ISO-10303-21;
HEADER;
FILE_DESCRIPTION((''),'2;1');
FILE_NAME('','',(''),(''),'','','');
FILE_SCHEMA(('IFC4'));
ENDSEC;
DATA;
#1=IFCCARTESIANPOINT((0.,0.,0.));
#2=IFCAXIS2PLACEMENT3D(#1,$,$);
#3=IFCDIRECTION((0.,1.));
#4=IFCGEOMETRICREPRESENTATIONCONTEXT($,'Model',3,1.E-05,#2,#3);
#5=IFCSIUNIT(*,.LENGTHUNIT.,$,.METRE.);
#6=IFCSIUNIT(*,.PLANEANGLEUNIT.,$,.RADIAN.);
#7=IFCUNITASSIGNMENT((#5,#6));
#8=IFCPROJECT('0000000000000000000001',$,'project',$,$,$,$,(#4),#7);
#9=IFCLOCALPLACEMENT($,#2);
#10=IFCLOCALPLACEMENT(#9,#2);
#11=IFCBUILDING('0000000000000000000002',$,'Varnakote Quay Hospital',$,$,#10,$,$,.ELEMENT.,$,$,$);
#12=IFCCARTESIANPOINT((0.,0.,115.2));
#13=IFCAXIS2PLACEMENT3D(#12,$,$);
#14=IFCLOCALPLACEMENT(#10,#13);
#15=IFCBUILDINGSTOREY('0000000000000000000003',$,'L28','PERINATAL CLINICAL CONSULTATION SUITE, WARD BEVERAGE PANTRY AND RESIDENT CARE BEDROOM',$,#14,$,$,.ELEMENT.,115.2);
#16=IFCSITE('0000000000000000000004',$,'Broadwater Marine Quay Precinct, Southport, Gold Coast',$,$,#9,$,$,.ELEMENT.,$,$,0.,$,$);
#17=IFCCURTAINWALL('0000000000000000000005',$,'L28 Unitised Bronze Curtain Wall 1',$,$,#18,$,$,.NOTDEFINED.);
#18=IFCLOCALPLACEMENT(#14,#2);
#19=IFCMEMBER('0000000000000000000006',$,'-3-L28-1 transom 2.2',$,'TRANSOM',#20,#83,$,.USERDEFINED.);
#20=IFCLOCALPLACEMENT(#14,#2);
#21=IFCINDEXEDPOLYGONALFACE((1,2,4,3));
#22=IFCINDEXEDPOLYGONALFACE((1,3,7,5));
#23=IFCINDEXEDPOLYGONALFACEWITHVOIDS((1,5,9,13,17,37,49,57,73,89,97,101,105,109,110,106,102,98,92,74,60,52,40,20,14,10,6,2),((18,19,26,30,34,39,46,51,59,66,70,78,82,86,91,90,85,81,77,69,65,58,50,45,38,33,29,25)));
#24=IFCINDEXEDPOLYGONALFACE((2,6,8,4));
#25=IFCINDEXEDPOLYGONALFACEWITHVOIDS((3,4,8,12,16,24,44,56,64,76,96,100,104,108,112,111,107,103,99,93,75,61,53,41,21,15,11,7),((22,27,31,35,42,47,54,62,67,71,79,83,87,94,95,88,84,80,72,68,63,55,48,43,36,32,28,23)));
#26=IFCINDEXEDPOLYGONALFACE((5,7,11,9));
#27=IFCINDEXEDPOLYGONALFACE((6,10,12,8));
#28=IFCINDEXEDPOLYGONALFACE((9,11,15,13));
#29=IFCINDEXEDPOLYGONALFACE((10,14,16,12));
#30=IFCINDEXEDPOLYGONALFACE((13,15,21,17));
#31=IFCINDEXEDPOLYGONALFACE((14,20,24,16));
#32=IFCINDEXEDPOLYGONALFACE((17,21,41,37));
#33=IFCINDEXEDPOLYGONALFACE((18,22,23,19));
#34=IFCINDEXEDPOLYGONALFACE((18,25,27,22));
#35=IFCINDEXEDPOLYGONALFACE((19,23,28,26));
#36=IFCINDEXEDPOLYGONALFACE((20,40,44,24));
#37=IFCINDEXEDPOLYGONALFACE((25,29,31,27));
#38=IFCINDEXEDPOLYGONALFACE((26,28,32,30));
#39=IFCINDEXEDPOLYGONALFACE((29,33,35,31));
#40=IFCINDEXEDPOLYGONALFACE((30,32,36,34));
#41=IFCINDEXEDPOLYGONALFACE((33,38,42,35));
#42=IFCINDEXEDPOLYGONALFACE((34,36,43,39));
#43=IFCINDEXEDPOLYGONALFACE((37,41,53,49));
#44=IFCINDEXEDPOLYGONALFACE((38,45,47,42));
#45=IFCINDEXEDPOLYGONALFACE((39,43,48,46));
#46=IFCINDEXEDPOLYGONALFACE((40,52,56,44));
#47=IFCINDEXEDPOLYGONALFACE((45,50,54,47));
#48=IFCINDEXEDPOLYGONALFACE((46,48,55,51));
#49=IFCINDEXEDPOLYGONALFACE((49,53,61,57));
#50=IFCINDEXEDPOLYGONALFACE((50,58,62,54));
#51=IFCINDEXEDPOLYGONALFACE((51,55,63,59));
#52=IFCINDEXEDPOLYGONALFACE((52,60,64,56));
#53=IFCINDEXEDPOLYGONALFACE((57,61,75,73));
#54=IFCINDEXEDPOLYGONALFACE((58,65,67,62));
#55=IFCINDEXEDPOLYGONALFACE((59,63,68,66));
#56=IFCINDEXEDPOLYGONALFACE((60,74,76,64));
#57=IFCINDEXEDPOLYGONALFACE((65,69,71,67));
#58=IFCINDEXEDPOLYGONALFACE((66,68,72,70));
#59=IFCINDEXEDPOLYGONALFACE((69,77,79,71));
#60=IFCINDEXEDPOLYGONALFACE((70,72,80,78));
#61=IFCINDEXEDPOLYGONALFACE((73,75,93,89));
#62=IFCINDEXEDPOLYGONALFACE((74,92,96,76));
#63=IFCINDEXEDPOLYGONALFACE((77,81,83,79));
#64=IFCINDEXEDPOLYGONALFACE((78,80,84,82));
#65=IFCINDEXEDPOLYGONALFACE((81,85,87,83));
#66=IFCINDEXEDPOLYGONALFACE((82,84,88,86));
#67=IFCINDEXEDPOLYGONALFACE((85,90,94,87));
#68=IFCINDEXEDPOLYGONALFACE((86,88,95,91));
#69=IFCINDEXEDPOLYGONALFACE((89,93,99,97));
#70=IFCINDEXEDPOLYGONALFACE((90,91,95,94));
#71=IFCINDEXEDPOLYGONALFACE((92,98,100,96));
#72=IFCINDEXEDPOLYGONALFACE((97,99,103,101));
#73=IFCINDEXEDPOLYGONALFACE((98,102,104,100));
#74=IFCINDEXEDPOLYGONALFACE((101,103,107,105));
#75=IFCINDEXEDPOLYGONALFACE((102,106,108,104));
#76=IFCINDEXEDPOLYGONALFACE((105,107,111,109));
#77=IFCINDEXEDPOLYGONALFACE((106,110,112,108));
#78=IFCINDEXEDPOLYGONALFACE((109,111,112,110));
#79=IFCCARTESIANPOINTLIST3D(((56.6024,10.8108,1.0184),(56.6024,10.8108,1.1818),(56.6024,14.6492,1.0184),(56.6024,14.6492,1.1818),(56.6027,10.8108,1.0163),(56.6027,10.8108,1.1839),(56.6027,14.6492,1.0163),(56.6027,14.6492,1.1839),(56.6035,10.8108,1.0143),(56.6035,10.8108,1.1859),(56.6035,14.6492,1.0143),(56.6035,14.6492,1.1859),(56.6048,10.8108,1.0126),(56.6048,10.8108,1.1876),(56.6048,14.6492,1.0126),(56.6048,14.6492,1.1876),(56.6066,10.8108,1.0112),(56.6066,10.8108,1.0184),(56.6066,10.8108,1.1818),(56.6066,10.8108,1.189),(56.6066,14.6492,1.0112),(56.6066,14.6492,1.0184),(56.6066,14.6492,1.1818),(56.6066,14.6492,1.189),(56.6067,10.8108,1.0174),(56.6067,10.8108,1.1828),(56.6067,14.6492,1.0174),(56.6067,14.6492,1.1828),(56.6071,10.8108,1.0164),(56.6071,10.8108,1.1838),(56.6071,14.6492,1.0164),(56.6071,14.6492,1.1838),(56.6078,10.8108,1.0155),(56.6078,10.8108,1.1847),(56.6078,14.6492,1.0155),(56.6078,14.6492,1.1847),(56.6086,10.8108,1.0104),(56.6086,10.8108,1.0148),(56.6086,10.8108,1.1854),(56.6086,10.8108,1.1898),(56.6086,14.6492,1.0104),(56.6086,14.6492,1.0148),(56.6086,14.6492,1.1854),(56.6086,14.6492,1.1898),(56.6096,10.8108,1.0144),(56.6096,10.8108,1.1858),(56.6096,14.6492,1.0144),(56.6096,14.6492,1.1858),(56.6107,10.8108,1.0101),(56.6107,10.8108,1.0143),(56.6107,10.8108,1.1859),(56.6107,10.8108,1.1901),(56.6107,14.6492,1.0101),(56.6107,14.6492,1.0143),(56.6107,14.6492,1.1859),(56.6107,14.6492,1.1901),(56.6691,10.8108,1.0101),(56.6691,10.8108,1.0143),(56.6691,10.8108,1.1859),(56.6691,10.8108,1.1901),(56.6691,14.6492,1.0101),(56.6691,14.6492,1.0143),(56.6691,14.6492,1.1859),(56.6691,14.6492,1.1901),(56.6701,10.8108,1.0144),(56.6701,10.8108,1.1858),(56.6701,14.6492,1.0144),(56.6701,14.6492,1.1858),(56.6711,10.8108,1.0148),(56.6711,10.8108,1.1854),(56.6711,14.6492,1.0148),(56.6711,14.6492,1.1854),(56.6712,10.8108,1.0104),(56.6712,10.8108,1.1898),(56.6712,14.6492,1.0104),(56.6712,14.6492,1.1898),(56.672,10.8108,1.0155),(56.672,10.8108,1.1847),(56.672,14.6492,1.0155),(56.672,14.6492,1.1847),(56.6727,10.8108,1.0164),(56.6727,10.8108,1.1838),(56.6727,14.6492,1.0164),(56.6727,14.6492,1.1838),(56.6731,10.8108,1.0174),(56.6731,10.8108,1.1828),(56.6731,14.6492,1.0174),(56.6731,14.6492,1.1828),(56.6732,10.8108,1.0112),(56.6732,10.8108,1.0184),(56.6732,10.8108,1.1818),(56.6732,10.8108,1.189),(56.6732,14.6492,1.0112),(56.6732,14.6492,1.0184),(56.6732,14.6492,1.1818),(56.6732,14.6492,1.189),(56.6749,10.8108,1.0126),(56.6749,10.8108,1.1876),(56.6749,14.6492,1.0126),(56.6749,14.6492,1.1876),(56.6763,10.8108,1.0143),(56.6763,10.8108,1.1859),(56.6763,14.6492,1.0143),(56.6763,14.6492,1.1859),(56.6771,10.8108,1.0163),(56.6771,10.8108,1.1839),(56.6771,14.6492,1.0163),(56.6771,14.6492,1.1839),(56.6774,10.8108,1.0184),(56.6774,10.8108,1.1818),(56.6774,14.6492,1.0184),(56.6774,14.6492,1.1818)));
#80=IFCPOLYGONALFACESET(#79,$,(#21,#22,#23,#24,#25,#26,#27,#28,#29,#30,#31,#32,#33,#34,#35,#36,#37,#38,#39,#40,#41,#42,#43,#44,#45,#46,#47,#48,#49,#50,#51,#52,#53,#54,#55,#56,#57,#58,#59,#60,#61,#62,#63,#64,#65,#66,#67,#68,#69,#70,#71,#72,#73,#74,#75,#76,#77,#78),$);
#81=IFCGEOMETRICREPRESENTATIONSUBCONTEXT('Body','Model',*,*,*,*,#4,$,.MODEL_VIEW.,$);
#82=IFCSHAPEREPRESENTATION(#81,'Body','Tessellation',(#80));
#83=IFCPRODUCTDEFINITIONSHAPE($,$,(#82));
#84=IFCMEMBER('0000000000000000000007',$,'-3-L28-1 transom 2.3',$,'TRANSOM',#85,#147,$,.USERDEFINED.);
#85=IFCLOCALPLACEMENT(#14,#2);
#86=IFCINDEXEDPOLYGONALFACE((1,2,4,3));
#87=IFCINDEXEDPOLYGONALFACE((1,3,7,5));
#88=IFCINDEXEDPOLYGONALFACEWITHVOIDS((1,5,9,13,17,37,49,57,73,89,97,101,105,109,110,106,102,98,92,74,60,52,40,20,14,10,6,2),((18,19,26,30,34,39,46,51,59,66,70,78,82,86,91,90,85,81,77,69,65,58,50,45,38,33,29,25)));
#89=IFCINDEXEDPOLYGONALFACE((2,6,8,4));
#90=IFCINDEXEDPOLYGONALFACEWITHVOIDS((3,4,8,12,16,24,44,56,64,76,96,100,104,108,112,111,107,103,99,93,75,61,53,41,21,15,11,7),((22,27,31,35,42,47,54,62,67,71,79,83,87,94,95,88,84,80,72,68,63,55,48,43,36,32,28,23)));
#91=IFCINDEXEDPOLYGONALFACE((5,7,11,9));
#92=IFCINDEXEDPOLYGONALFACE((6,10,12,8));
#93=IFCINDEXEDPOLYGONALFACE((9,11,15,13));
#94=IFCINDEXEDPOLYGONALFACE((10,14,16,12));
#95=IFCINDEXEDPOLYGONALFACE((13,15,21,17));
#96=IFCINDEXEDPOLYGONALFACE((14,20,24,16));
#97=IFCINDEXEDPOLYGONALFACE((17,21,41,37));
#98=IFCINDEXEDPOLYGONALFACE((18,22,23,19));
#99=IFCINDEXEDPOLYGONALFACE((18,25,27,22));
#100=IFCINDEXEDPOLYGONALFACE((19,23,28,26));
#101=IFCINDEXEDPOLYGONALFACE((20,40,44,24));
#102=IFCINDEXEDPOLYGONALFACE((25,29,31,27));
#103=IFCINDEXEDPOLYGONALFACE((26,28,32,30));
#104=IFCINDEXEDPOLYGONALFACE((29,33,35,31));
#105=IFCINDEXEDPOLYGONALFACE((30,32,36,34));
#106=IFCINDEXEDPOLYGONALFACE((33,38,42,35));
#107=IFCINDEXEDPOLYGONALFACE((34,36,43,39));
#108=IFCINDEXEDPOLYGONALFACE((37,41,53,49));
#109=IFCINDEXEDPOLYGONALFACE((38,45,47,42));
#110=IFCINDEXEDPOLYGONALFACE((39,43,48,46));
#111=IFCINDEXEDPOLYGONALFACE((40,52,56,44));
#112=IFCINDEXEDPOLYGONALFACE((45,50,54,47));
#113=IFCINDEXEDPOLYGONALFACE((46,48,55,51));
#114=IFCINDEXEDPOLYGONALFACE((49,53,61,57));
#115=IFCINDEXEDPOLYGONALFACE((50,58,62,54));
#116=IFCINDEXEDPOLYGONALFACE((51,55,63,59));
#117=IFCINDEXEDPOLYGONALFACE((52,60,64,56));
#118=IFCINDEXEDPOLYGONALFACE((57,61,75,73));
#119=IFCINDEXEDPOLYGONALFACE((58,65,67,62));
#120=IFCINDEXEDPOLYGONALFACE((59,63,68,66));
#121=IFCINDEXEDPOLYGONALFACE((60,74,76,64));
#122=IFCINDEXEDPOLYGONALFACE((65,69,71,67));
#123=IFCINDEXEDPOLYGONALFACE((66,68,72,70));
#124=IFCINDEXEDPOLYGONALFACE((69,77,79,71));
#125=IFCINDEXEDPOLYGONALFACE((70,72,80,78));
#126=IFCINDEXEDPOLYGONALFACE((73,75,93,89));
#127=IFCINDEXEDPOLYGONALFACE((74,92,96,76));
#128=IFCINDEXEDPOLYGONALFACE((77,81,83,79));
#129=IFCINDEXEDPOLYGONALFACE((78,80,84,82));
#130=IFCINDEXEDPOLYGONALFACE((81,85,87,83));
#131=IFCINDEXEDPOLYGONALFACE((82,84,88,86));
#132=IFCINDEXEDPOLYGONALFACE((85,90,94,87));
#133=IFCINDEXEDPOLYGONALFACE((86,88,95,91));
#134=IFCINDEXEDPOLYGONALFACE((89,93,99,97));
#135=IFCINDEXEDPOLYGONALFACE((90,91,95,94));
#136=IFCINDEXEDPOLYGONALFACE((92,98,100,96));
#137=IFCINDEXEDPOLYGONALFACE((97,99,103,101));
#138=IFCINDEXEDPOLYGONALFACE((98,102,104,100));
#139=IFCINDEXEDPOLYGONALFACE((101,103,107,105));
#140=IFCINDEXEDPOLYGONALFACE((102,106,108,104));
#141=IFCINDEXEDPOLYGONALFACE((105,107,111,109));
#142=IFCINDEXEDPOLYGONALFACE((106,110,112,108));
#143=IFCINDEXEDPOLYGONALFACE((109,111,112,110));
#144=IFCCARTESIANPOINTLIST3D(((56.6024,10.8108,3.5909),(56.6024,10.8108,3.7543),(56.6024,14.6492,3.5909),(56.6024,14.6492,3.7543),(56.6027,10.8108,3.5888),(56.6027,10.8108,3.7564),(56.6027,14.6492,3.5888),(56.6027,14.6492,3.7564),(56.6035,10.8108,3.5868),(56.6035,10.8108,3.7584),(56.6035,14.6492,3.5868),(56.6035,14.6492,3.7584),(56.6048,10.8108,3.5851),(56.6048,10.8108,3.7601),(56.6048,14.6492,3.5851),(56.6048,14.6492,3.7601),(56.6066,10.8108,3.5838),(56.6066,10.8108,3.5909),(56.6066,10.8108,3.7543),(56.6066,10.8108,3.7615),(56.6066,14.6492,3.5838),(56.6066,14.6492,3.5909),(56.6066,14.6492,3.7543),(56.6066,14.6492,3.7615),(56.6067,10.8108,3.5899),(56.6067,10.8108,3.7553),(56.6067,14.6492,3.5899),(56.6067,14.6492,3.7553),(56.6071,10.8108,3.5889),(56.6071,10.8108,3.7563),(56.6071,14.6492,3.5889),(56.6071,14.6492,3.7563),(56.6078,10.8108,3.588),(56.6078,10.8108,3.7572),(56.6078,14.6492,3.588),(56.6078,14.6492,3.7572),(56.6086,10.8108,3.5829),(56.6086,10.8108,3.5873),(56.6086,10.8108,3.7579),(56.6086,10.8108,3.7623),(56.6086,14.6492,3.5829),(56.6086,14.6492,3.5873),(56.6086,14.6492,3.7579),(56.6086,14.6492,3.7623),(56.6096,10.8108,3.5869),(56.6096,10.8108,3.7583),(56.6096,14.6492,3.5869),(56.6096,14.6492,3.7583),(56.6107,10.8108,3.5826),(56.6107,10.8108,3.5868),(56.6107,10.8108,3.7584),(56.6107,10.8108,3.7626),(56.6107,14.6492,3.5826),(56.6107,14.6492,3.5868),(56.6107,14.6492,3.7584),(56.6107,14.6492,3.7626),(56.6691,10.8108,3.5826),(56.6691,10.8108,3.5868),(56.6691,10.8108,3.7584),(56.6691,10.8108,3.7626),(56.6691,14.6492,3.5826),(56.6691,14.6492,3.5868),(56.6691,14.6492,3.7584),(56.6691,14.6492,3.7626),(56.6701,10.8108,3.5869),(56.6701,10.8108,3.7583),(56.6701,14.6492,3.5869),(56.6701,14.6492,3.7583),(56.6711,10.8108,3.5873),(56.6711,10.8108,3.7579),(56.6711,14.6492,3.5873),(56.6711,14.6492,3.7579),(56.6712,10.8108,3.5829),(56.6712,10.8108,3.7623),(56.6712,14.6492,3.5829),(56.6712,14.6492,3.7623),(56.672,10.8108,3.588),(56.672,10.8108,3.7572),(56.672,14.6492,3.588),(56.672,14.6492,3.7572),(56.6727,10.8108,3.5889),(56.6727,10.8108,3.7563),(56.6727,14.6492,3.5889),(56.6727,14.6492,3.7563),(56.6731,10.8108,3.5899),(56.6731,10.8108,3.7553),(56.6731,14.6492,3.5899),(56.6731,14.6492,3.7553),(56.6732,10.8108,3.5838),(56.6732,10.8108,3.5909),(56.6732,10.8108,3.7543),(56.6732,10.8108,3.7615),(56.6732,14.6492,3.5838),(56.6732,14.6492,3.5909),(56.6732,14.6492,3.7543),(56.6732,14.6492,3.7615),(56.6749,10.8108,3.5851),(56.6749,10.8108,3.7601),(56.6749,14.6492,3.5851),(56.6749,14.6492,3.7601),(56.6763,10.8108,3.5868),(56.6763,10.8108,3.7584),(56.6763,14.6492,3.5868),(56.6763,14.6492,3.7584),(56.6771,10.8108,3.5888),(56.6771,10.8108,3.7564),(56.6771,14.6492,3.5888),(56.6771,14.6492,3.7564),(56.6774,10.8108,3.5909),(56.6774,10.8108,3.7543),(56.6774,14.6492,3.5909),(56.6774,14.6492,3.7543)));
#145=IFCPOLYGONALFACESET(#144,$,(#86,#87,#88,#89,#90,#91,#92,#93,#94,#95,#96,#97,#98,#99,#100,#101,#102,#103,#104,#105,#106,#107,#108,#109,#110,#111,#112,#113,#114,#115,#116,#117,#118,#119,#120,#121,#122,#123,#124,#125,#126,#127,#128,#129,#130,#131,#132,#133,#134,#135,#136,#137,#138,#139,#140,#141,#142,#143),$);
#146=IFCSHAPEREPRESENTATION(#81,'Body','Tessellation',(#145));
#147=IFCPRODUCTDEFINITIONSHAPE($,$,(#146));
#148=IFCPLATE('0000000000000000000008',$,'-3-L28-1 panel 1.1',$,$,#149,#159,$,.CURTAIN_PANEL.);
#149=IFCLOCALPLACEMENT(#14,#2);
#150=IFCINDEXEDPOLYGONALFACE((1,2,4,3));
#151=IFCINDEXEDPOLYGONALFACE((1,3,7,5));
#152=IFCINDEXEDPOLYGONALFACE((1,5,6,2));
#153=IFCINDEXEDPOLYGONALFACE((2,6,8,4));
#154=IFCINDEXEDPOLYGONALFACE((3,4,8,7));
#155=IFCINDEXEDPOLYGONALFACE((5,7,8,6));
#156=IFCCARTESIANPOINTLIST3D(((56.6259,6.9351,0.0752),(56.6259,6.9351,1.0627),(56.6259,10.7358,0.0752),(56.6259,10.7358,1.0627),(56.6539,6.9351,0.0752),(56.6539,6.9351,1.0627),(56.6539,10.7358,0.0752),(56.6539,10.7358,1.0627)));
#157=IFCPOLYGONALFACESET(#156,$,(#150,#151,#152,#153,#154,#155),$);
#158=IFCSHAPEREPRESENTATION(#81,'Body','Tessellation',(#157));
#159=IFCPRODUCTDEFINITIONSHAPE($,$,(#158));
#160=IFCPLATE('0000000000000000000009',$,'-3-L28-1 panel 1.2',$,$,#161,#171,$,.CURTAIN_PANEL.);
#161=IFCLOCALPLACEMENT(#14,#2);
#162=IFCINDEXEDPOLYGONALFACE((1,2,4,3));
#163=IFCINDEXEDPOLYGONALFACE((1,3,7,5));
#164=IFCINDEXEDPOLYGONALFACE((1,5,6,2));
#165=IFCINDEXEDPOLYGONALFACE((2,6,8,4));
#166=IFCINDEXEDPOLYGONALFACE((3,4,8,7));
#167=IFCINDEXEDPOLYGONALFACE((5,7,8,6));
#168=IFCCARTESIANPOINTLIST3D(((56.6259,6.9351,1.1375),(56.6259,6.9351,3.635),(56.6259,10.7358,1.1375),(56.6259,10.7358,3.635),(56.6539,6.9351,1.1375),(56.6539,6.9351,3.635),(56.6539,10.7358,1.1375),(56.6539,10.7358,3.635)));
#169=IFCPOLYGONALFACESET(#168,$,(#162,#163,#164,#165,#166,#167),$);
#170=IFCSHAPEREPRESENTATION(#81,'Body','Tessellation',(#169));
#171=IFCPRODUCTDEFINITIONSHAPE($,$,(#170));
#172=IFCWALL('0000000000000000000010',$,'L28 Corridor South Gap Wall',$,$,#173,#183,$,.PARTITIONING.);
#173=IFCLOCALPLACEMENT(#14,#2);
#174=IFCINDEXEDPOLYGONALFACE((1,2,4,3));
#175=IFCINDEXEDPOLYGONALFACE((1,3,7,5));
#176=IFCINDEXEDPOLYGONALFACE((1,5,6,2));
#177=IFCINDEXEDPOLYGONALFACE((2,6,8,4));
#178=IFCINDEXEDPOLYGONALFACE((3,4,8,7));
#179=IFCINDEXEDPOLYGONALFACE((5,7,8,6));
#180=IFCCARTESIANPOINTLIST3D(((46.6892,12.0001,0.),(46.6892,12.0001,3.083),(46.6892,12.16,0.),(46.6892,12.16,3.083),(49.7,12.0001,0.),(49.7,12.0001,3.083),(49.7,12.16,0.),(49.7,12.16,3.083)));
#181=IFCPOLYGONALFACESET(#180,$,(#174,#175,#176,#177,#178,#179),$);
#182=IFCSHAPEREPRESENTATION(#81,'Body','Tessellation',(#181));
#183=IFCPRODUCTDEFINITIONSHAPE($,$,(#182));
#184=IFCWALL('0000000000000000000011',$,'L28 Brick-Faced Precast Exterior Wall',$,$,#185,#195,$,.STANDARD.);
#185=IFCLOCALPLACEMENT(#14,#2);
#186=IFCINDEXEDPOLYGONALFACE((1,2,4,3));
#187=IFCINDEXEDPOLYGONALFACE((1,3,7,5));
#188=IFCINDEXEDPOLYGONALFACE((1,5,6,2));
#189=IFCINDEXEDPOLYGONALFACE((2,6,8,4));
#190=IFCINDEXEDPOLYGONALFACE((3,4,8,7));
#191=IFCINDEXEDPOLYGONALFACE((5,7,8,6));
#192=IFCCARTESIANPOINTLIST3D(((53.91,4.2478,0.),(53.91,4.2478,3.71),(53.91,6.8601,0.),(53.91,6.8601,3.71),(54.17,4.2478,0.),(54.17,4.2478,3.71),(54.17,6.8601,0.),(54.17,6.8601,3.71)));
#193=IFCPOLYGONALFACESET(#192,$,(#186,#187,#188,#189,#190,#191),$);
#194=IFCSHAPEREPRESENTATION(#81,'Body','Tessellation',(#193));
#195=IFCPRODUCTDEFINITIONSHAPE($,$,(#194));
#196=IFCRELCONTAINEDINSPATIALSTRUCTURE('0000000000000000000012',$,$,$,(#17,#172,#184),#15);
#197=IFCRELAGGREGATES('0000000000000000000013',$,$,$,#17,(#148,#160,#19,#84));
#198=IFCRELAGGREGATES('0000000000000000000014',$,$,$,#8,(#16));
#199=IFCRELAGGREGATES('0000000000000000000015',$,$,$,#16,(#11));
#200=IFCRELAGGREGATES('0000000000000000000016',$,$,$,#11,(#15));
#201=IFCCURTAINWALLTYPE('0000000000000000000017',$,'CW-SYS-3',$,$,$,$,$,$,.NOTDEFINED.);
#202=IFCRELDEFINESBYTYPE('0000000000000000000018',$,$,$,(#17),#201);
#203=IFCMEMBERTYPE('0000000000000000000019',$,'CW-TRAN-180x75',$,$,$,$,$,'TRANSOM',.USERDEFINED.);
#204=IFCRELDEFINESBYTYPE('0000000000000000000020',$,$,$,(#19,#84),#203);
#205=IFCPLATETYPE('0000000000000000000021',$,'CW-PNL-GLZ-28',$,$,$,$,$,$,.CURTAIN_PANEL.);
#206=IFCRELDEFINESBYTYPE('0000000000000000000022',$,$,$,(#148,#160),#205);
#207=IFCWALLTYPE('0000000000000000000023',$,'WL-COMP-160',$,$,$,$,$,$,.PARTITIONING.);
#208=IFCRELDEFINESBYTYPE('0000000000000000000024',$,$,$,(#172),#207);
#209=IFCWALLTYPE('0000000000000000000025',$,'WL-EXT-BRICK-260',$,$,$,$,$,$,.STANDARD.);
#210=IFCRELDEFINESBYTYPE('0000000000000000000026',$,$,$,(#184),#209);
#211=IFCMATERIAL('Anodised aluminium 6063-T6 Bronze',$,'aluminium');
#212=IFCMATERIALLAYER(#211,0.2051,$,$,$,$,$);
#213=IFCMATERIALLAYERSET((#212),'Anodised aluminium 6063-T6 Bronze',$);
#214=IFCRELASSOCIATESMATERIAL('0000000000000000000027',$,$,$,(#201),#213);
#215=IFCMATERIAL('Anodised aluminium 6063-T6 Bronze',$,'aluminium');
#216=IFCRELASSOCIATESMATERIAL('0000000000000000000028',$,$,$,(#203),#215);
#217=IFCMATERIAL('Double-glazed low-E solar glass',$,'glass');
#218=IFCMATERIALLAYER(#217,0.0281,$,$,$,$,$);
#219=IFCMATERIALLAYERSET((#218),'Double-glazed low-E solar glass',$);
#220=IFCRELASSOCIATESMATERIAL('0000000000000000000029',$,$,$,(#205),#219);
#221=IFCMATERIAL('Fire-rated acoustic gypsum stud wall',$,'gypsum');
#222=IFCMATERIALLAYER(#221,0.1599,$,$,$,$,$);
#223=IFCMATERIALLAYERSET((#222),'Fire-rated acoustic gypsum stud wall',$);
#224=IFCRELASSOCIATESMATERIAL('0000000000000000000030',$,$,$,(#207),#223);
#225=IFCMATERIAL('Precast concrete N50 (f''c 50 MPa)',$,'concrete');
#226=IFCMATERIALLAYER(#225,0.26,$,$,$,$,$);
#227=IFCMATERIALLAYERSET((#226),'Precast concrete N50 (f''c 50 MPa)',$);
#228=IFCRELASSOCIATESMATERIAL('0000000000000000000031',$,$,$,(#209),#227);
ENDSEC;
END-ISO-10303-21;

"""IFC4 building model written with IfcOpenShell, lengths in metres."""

from ifc_helpers import new_model, si_unit, direction, frame, frame_2d, origin, origin_2d, place, context, subcontext, project, spatial, rectangle, hollow_rectangle, extrude, material, layer, layer_set, material_profile, profile_set, type_object, element, aggregate, save


model = new_model("IFC4")

# Units and contexts
model_context = context("Model", 3, precision=1e-05, world=origin(), true_north=direction((0.0, 1.0)))
body_context = subcontext(model_context, "Body", "Model", "MODEL_VIEW")
ifc_project = project(units=[si_unit("LENGTHUNIT", "METRE"), si_unit("PLANEANGLEUNIT", "RADIAN")], contexts=[model_context])

# Site, building, storey
site_placement = place(None, origin())
site = spatial("IfcSite", under=ifc_project, at=site_placement, Name="Broadwater Marine Quay Precinct, Southport, Gold Coast", CompositionType="ELEMENT", RefElevation=0.0)
building_placement = place(site_placement, origin())
building = spatial("IfcBuilding", under=site, at=building_placement, Name="Varnakote Quay Hospital", CompositionType="ELEMENT")
storey_placement = place(building_placement, frame((0.0, 0.0, 115.2)))
storey = spatial("IfcBuildingStorey", under=building, at=storey_placement, Name="L28", Description="PERINATAL CLINICAL CONSULTATION SUITE, WARD BEVERAGE PANTRY AND RESIDENT CARE BEDROOM", CompositionType="ELEMENT", Elevation=115.2)

# Curtain wall, members, plates
ifc_material_1 = material(Name="Anodised aluminium 6063-T6 Bronze", Category="aluminium")
ifc_layer_1 = layer(ifc_material_1, 0.2051)
ifc_layer_set_1 = layer_set([ifc_layer_1], Name="Anodised aluminium 6063-T6 Bronze")
curtain_wall_type = type_object("IfcCurtainWallType", Name="CW-SYS-3", PredefinedType="NOTDEFINED", material=ifc_layer_set_1)
curtain_wall_placement = place(storey_placement, origin())
curtain_wall = element("IfcCurtainWall", 1, at=curtain_wall_placement, inside=storey, type_object=curtain_wall_type, Name="L28 Unitised Bronze Curtain Wall 1", PredefinedType="NOTDEFINED")
ifc_material_2 = material(Name="Anodised aluminium 6063-T6 Bronze", Category="aluminium")
ifc_material_profile_1 = material_profile(ifc_material_2, hollow_rectangle(XDim=0.075, YDim=0.1799, WallThickness=0.0042, InnerFilletRadius=0.0042, OuterFilletRadius=0.0083, at=origin_2d()), Name="CW-TRAN-180x75")
ifc_profile_set_1 = profile_set([ifc_material_profile_1], Name="Anodised aluminium 6063-T6 Bronze")
member_type_1 = type_object("IfcMemberType", Name="CW-TRAN-180x75", ElementType="TRANSOM", PredefinedType="USERDEFINED", material=ifc_profile_set_1)
member_1_placement = place(storey_placement, frame((56.6399, 10.8108, 1.1001), z_axis=(0.0, 1.0, 0.0), x_axis=(-1.0, 0.0, 0.0)))
member_1 = element("IfcMember", 2, at=member_1_placement, type_object=member_type_1, Name="-3-L28-1 transom 2.2", ObjectType="TRANSOM", PredefinedType="USERDEFINED", context=body_context, shape_type="SweptSolid", body=[
    extrude(hollow_rectangle(XDim=0.075, YDim=0.1799, WallThickness=0.0042, InnerFilletRadius=0.0042, OuterFilletRadius=0.0083, at=origin_2d()), origin(), (0.0, 0.0, 1.0), 3.8384),
])
member_2_placement = place(storey_placement, frame((56.6399, 10.8108, 3.6726), z_axis=(0.0, 1.0, 0.0), x_axis=(-1.0, 0.0, 0.0)))
member_2 = element("IfcMember", 3, at=member_2_placement, type_object=member_type_1, Name="-3-L28-1 transom 2.3", ObjectType="TRANSOM", PredefinedType="USERDEFINED", context=body_context, shape_type="SweptSolid", body=[
    extrude(hollow_rectangle(XDim=0.075, YDim=0.1799, WallThickness=0.0042, InnerFilletRadius=0.0042, OuterFilletRadius=0.0083, at=origin_2d()), origin(), (0.0, 0.0, 1.0), 3.8384),
])
ifc_material_3 = material(Name="Double-glazed low-E solar glass", Category="glass")
ifc_layer_2 = layer(ifc_material_3, 0.0281)
ifc_layer_set_2 = layer_set([ifc_layer_2], Name="Double-glazed low-E solar glass")
plate_type = type_object("IfcPlateType", Name="CW-PNL-GLZ-28", PredefinedType="CURTAIN_PANEL", material=ifc_layer_set_2)
plate_1_placement = place(storey_placement, frame((56.6399, 8.8354, 0.0752), z_axis=(0.0, 0.0, 1.0), x_axis=(0.0, 1.0, 0.0)))
plate_1 = element("IfcPlate", 4, at=plate_1_placement, type_object=plate_type, Name="-3-L28-1 panel 1.1", PredefinedType="CURTAIN_PANEL", context=body_context, shape_type="SweptSolid", body=[
    extrude(rectangle(XDim=3.8008, YDim=0.0281, at=origin_2d()), origin(), (0.0, 0.0, 1.0), 0.9875),
])
plate_2_placement = place(storey_placement, frame((56.6399, 8.8354, 1.1375), z_axis=(0.0, 0.0, 1.0), x_axis=(0.0, 1.0, 0.0)))
plate_2 = element("IfcPlate", 5, at=plate_2_placement, type_object=plate_type, Name="-3-L28-1 panel 1.2", PredefinedType="CURTAIN_PANEL", context=body_context, shape_type="SweptSolid", body=[
    extrude(rectangle(XDim=3.8008, YDim=0.0281, at=origin_2d()), origin(), (0.0, 0.0, 1.0), 2.4976),
])
aggregate(curtain_wall, [plate_1, plate_2, member_1, member_2])

# Walls
ifc_material_4 = material(Name="Fire-rated acoustic gypsum stud wall", Category="gypsum")
ifc_layer_3 = layer(ifc_material_4, 0.1599)
ifc_layer_set_3 = layer_set([ifc_layer_3], Name="Fire-rated acoustic gypsum stud wall")
wall_type_1 = type_object("IfcWallType", Name="WL-COMP-160", PredefinedType="PARTITIONING", material=ifc_layer_set_3)
wall_1_placement = place(storey_placement, frame((46.6892, 12.0801, 0.0), z_axis=(0.0, 0.0, 1.0), x_axis=(1.0, 0.0, 0.0)))
element("IfcWall", 6, at=wall_1_placement, inside=storey, type_object=wall_type_1, Name="L28 Corridor South Gap Wall", PredefinedType="PARTITIONING", context=body_context, shape_type="SweptSolid", body=[
    extrude(rectangle(XDim=3.0107, YDim=0.1599, at=frame_2d((1.5054, 0.0))), origin(), (0.0, 0.0, 1.0), 3.083),
])
ifc_material_5 = material(Name="Precast concrete N50 (f'c 50 MPa)", Category="concrete")
ifc_layer_4 = layer(ifc_material_5, 0.26)
ifc_layer_set_4 = layer_set([ifc_layer_4], Name="Precast concrete N50 (f'c 50 MPa)")
wall_type_2 = type_object("IfcWallType", Name="WL-EXT-BRICK-260", PredefinedType="STANDARD", material=ifc_layer_set_4)
wall_2_placement = place(storey_placement, frame((54.04, 4.2478, 0.0), z_axis=(0.0, 0.0, 1.0), x_axis=(0.0, 1.0, 0.0)))
element("IfcWall", 7, at=wall_2_placement, inside=storey, type_object=wall_type_2, Name="L28 Brick-Faced Precast Exterior Wall", PredefinedType="STANDARD", context=body_context, shape_type="SweptSolid", body=[
    extrude(rectangle(XDim=2.6123, YDim=0.26, at=frame_2d((1.3062, 0.0))), origin(), (0.0, 0.0, 1.0), 3.71),
])

save(model, "model.ifc")
